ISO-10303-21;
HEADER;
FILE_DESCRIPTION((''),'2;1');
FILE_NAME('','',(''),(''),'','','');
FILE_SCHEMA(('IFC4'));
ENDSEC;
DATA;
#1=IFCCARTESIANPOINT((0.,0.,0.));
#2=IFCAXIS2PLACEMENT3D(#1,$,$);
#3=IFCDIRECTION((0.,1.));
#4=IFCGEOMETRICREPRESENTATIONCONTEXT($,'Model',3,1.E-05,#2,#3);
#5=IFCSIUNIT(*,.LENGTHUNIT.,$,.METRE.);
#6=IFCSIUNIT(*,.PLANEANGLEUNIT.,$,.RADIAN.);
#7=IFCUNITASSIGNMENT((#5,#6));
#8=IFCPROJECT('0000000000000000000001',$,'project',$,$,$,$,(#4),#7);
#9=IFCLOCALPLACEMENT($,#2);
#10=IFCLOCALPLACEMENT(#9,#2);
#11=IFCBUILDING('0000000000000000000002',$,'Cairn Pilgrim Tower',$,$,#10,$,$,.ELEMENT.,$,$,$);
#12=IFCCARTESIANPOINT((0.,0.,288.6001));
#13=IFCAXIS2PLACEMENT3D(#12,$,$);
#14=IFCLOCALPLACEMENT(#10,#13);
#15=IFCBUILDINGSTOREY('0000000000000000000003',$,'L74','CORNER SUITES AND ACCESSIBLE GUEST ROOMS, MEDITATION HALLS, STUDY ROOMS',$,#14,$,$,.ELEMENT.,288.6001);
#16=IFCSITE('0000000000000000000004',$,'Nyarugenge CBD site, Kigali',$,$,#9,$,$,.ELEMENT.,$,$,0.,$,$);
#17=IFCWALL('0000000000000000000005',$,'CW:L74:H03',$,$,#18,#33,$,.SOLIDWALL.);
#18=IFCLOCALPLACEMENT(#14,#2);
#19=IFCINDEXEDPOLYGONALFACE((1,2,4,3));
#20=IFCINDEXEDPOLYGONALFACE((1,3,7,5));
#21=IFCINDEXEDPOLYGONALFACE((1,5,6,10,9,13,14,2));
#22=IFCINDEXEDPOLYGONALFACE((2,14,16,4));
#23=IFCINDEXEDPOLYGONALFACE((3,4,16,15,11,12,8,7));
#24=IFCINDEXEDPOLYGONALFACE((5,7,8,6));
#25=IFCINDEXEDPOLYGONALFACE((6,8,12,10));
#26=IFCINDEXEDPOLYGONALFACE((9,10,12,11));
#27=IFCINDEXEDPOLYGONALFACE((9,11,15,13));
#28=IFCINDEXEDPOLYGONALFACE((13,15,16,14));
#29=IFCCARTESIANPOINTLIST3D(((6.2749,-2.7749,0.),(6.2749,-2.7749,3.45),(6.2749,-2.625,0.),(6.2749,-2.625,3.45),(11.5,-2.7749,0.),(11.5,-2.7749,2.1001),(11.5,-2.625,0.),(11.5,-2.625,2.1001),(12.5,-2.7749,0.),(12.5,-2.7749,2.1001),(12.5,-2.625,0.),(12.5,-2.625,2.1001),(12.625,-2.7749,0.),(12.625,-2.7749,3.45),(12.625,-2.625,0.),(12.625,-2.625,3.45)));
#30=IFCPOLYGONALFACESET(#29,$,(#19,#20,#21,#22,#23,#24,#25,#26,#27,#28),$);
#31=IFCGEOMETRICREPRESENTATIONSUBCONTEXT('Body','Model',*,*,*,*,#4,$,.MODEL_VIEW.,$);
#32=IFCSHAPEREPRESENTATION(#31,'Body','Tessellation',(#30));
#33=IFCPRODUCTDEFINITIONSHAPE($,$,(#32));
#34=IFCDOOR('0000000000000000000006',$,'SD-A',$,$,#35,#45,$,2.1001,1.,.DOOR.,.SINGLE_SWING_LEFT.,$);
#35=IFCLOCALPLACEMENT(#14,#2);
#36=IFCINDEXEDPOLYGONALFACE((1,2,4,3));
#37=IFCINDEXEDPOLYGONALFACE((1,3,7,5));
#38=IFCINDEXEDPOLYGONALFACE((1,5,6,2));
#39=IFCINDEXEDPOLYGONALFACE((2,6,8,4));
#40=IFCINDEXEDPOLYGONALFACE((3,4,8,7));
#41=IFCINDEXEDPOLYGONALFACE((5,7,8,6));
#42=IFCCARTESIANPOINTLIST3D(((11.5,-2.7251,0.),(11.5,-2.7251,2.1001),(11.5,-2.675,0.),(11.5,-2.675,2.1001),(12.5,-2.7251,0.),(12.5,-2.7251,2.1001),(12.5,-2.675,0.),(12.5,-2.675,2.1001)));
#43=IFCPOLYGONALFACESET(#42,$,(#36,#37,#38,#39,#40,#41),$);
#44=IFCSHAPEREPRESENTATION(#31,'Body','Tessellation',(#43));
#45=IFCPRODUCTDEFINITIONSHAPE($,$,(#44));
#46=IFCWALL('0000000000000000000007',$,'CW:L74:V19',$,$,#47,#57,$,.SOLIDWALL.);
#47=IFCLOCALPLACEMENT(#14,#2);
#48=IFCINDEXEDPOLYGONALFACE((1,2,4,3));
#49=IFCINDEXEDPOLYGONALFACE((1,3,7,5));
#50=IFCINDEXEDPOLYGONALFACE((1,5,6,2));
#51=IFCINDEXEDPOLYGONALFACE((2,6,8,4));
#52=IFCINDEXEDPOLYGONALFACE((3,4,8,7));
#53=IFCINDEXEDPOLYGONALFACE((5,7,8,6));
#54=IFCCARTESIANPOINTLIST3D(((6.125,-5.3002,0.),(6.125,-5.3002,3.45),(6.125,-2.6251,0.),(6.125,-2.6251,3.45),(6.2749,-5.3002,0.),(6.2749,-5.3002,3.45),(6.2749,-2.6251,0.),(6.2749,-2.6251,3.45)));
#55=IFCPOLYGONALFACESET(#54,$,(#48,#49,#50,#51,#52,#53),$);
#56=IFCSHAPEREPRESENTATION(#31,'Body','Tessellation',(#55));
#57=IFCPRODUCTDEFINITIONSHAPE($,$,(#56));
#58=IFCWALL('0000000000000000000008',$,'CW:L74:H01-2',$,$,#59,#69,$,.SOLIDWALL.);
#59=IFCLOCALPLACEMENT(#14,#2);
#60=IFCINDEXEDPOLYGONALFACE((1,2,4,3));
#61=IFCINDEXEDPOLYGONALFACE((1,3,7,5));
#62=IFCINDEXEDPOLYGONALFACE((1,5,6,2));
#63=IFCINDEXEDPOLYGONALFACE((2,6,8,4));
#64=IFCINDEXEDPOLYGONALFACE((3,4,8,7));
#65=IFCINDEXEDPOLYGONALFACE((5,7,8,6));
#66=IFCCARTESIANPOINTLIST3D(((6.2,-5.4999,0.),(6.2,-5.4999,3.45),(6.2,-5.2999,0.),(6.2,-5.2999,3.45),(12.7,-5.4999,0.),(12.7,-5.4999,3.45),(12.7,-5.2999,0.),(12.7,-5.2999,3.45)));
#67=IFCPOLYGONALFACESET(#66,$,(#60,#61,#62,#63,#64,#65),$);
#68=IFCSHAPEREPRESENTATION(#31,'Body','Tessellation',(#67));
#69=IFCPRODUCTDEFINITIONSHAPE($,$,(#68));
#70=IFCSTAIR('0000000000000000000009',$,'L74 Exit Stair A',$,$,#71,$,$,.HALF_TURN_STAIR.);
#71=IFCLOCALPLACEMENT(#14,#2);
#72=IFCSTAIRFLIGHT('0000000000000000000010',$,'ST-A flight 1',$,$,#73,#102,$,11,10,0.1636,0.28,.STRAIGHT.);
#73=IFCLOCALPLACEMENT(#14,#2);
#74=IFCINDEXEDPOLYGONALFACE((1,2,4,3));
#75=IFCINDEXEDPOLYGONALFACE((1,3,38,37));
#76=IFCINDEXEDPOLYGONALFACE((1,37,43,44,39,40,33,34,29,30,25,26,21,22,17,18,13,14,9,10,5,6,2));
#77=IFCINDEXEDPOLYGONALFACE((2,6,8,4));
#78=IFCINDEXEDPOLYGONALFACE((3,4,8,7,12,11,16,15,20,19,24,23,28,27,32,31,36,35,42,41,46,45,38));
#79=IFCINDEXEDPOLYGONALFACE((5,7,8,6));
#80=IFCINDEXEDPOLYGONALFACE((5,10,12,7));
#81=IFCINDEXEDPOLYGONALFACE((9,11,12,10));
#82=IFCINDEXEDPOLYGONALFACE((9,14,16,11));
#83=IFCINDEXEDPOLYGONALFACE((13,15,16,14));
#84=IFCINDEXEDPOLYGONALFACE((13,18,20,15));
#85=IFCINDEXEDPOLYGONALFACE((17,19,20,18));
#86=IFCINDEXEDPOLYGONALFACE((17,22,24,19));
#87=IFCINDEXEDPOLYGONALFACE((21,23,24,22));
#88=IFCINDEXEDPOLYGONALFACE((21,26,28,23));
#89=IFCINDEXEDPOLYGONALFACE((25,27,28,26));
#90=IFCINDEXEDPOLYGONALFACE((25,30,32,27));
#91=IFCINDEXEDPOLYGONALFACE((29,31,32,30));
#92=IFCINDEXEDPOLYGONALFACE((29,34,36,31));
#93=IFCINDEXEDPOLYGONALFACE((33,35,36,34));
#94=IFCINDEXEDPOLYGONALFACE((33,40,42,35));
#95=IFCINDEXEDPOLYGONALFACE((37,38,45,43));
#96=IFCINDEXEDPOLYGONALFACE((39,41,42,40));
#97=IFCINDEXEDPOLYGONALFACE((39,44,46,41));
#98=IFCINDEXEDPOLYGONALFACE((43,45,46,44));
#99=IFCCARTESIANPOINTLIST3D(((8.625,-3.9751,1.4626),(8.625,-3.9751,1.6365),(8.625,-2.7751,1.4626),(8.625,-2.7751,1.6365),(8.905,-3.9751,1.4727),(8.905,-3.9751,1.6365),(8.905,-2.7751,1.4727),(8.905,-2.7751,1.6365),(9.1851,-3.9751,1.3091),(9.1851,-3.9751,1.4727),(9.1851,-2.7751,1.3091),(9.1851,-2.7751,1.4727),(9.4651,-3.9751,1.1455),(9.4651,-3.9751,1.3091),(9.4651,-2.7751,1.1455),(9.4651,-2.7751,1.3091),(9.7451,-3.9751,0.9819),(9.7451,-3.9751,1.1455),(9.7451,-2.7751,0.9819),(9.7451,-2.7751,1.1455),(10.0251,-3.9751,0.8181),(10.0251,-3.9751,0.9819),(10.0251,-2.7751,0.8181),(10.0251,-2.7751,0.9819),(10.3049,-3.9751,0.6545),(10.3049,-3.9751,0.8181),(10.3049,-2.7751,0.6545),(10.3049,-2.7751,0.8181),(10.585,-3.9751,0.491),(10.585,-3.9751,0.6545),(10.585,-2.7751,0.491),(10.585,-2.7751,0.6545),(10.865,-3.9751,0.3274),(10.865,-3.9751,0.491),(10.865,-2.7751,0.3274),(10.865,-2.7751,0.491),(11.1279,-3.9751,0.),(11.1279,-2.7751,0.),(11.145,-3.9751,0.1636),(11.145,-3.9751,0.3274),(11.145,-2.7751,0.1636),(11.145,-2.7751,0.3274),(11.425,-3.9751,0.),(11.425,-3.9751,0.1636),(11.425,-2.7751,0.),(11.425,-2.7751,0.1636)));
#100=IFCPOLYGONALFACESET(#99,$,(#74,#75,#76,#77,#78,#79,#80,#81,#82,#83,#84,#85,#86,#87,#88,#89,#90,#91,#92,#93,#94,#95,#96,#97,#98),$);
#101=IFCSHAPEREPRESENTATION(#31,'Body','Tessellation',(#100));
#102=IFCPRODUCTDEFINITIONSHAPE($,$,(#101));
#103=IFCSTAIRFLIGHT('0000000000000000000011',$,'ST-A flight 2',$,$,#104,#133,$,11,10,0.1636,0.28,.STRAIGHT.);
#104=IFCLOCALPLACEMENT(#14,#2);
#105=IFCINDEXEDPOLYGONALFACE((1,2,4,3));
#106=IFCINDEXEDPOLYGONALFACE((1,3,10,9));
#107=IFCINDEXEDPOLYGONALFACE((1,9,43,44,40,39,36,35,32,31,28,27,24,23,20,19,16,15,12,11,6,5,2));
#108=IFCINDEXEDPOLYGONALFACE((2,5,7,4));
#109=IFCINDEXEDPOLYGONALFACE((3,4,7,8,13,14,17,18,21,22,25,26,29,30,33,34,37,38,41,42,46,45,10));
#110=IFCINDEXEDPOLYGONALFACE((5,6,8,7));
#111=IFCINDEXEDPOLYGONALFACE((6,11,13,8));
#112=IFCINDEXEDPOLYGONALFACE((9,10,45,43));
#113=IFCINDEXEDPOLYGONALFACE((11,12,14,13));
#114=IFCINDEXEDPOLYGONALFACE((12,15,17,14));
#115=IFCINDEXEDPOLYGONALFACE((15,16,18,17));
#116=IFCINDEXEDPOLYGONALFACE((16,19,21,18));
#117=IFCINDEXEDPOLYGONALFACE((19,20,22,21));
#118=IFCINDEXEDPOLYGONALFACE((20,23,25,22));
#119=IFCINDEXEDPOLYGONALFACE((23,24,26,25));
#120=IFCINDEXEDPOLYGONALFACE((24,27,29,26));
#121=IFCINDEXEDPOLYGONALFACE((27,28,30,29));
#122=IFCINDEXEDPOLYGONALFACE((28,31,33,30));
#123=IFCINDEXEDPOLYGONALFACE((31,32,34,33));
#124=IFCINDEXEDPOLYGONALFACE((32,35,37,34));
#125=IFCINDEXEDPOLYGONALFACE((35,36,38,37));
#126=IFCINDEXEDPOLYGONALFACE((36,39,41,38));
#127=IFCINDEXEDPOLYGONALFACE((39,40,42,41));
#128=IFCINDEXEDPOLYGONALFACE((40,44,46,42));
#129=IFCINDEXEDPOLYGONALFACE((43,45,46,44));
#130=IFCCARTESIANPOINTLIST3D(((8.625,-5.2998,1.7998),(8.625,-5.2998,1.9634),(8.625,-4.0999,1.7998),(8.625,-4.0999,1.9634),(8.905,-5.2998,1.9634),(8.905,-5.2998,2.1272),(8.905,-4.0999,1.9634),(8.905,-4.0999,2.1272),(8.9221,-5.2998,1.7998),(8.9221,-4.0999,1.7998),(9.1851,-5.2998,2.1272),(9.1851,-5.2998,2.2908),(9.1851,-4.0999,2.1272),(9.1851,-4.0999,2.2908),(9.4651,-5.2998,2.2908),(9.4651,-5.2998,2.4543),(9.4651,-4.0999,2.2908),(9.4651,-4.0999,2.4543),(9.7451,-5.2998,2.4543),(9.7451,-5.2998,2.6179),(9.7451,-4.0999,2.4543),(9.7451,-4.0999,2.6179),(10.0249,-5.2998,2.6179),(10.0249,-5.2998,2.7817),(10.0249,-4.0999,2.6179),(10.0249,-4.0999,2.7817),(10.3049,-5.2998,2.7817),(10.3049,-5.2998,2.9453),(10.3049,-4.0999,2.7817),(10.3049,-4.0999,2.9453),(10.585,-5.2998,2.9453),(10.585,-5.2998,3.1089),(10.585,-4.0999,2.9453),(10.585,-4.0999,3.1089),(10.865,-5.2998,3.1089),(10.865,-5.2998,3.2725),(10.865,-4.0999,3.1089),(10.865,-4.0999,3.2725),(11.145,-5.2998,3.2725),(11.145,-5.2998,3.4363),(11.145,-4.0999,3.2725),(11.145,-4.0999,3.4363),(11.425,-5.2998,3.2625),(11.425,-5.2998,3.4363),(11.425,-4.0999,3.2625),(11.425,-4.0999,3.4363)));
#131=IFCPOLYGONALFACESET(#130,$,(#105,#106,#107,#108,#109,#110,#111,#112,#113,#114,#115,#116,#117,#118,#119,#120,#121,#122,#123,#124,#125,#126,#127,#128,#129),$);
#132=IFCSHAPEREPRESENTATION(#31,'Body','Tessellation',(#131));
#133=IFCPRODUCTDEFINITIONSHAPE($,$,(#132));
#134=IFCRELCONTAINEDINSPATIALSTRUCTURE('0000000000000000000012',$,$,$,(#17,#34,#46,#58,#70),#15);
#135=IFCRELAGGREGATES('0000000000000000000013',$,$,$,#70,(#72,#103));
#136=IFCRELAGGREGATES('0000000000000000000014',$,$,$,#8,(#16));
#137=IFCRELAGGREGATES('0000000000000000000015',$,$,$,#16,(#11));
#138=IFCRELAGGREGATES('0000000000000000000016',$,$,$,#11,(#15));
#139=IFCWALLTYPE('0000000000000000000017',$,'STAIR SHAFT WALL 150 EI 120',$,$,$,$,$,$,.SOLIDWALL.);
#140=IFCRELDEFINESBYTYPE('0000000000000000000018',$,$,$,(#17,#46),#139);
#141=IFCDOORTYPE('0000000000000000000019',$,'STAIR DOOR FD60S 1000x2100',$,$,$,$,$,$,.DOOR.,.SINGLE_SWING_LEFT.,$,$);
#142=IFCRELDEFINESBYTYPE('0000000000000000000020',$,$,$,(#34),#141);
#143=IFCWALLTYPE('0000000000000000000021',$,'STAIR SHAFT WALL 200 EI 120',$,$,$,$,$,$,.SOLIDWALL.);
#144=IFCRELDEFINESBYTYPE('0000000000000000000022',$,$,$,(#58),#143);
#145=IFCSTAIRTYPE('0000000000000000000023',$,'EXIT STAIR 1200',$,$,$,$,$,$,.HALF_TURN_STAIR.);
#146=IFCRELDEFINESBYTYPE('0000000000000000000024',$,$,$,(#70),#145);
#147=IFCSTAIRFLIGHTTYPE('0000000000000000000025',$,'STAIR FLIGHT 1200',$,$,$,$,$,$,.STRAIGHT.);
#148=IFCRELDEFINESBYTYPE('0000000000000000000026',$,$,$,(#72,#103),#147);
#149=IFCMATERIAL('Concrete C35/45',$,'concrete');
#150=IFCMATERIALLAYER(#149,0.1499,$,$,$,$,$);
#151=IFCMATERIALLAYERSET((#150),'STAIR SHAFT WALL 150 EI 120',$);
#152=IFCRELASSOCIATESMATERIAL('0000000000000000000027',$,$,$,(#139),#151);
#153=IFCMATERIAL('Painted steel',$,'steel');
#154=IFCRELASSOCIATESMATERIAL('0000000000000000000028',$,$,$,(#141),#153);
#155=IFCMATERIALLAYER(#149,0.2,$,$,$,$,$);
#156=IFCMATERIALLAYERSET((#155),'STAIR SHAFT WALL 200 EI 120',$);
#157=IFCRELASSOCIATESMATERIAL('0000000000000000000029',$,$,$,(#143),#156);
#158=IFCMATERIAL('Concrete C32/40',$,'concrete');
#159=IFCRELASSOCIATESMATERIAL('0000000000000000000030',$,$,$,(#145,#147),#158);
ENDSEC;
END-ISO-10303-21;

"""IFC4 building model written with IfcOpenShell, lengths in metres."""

from ifc_helpers import new_model, si_unit, direction, frame, frame_2d, origin, place, context, subcontext, project, spatial, polyline, rectangle, outline, extrude, material, layer, layer_set, type_object, element, fill, aggregate, save


model = new_model("IFC4")

# Units and contexts
model_context = context("Model", 3, precision=1e-05, world=origin(), true_north=direction((0.0, 1.0)))
body_context = subcontext(model_context, "Body", "Model", "MODEL_VIEW")
ifc_project = project(units=[si_unit("LENGTHUNIT", "METRE"), si_unit("PLANEANGLEUNIT", "RADIAN")], contexts=[model_context])

# Site, building, storey
site_placement = place(None, origin())
site = spatial("IfcSite", under=ifc_project, at=site_placement, Name="Nyarugenge CBD site, Kigali", CompositionType="ELEMENT", RefElevation=0.0)
building_placement = place(site_placement, origin())
building = spatial("IfcBuilding", under=site, at=building_placement, Name="Cairn Pilgrim Tower", CompositionType="ELEMENT")
storey_placement = place(building_placement, frame((0.0, 0.0, 288.6001)))
storey = spatial("IfcBuildingStorey", under=building, at=storey_placement, Name="L74", Description="CORNER SUITES AND ACCESSIBLE GUEST ROOMS, MEDITATION HALLS, STUDY ROOMS", CompositionType="ELEMENT", Elevation=288.6001)

# Shared definitions
ifc_material_1 = material(Name="Concrete C35/45", Category="concrete")

# Shared definitions
ifc_material_2 = material(Name="Concrete C32/40", Category="concrete")
ifc_material_3 = material(Name="Painted steel", Category="steel")

# Wall, opening, door
ifc_layer_1 = layer(ifc_material_1, 0.1499)
ifc_layer_set_1 = layer_set([ifc_layer_1], Name="STAIR SHAFT WALL 150 EI 120")
wall_type_1 = type_object("IfcWallType", Name="STAIR SHAFT WALL 150 EI 120", PredefinedType="SOLIDWALL", material=ifc_layer_set_1)
wall_1_placement = place(storey_placement, frame((6.2749, -2.7, 0.0), z_axis=(0.0, 0.0, 1.0), x_axis=(1.0, 0.0, 0.0)))
wall_1 = element("IfcWall", 1, at=wall_1_placement, inside=storey, type_object=wall_type_1, Name="CW:L74:H03", PredefinedType="SOLIDWALL", context=body_context, shape_type="SweptSolid", body=[
    extrude(rectangle(XDim=6.3501, YDim=0.1499, at=frame_2d((3.175, 0.0))), origin(), (0.0, 0.0, 1.0), 3.45),
])
opening_1_placement = place(wall_1_placement, frame((5.2251, 0.0, 0.0)))
opening_1 = element("IfcOpeningElement", 2, at=opening_1_placement, cuts=wall_1, PredefinedType="OPENING", context=body_context, shape_type="SweptSolid", body=[
    extrude(rectangle(XDim=1.0, YDim=2.1001, at=frame_2d((0.5, 1.05))), frame((0.0, 0.085, 0.0), z_axis=(0.0, -1.0, 0.0), x_axis=(1.0, 0.0, 0.0)), (0.0, 0.0, 1.0), 0.1699),
])
door_type_1 = type_object("IfcDoorType", Name="STAIR DOOR FD60S 1000x2100", OperationType="SINGLE_SWING_LEFT", PredefinedType="DOOR", material=ifc_material_3)
door_1_placement = place(opening_1_placement, origin())
door_1 = element("IfcDoor", 3, at=door_1_placement, inside=storey, type_object=door_type_1, Name="SD-A", OperationType="SINGLE_SWING_LEFT", OverallHeight=2.1001, OverallWidth=1.0, PredefinedType="DOOR", context=body_context, shape_type="SweptSolid", body=[
    extrude(rectangle(XDim=1.0, YDim=2.1001, at=frame_2d((0.5, 1.05))), frame((0.0, 0.0249, 0.0), z_axis=(0.0, -1.0, 0.0), x_axis=(1.0, 0.0, 0.0)), (0.0, 0.0, 1.0), 0.05),
])
fill(opening_1, door_1)

# Walls
wall_2_placement = place(storey_placement, frame((6.2, -5.3, 0.0), z_axis=(0.0, 0.0, 1.0), x_axis=(0.0, 1.0, 0.0)))
element("IfcWall", 4, at=wall_2_placement, inside=storey, type_object=wall_type_1, Name="CW:L74:V19", PredefinedType="SOLIDWALL", context=body_context, shape_type="SweptSolid", body=[
    extrude(rectangle(XDim=2.675, YDim=0.1499, at=frame_2d((1.3374, 0.0))), origin(), (0.0, 0.0, 1.0), 3.45),
])
ifc_layer_2 = layer(ifc_material_1, 0.2)
ifc_layer_set_2 = layer_set([ifc_layer_2], Name="STAIR SHAFT WALL 200 EI 120")
wall_type_2 = type_object("IfcWallType", Name="STAIR SHAFT WALL 200 EI 120", PredefinedType="SOLIDWALL", material=ifc_layer_set_2)
wall_3_placement = place(storey_placement, frame((6.2, -5.3999, 0.0), z_axis=(0.0, 0.0, 1.0), x_axis=(1.0, 0.0, 0.0)))
element("IfcWall", 5, at=wall_3_placement, inside=storey, type_object=wall_type_2, Name="CW:L74:H01-2", PredefinedType="SOLIDWALL", context=body_context, shape_type="SweptSolid", body=[
    extrude(rectangle(XDim=6.5, YDim=0.2, at=frame_2d((3.25, 0.0))), origin(), (0.0, 0.0, 1.0), 3.45),
])

# Stair, stair flights
stair_type = type_object("IfcStairType", Name="EXIT STAIR 1200", PredefinedType="HALF_TURN_STAIR", material=ifc_material_2)
stair_placement = place(storey_placement, origin())
stair = element("IfcStair", 6, at=stair_placement, inside=storey, type_object=stair_type, Name="L74 Exit Stair A", PredefinedType="HALF_TURN_STAIR")
stair_flight_type = type_object("IfcStairFlightType", Name="STAIR FLIGHT 1200", PredefinedType="STRAIGHT", material=ifc_material_2)
stair_flight_1_placement = place(storey_placement, frame((11.425, -3.375, 0.0), z_axis=(0.0, 0.0, 1.0), x_axis=(-1.0, 0.0, 0.0)))
stair_flight_1 = element("IfcStairFlight", 7, at=stair_flight_1_placement, type_object=stair_flight_type, Name="ST-A flight 1", NumberOfRisers=11, NumberOfTreads=10, PredefinedType="STRAIGHT", RiserHeight=0.1636, TreadLength=0.28, context=body_context, shape_type="SweptSolid", body=[
    extrude(outline(polyline([(0.0, 0.0), (0.0, 0.1636), (0.28, 0.1636), (0.28, 0.3274), (0.5601, 0.3274), (0.5601, 0.491), (0.8401, 0.491), (0.8401, 0.6545), (1.1201, 0.6545), (1.1201, 0.8181), (1.3999, 0.8181), (1.3999, 0.9819), (1.6799, 0.9819), (1.6799, 1.1455), (1.96, 1.1455), (1.96, 1.3091), (2.24, 1.3091), (2.24, 1.4727), (2.52, 1.4727), (2.52, 1.6365), (2.8, 1.6365), (2.8, 1.8), (2.8, 1.4626), (0.2971, 0.0), (0.0, 0.0)])), frame((0.0, 0.6001, 0.0), z_axis=(0.0, -1.0, 0.0), x_axis=(1.0, 0.0, 0.0)), (0.0, 0.0, 1.0), 1.2),
])
stair_flight_2_placement = place(storey_placement, frame((8.625, -4.7, 1.7998), z_axis=(0.0, 0.0, 1.0), x_axis=(1.0, 0.0, 0.0)))
stair_flight_2 = element("IfcStairFlight", 8, at=stair_flight_2_placement, type_object=stair_flight_type, Name="ST-A flight 2", NumberOfRisers=11, NumberOfTreads=10, PredefinedType="STRAIGHT", RiserHeight=0.1636, TreadLength=0.28, context=body_context, shape_type="SweptSolid", body=[
    extrude(outline(polyline([(0.0, 0.0), (0.0, 0.1636), (0.28, 0.1636), (0.28, 0.3274), (0.5601, 0.3274), (0.5601, 0.491), (0.8401, 0.491), (0.8401, 0.6545), (1.1201, 0.6545), (1.1201, 0.8181), (1.3999, 0.8181), (1.3999, 0.9819), (1.6799, 0.9819), (1.6799, 1.1455), (1.96, 1.1455), (1.96, 1.3091), (2.24, 1.3091), (2.24, 1.4727), (2.52, 1.4727), (2.52, 1.6365), (2.8, 1.6365), (2.8, 1.8), (2.8, 1.4626), (0.2971, 0.0), (0.0, 0.0)])), frame((0.0, 0.6001, 0.0), z_axis=(0.0, -1.0, 0.0), x_axis=(1.0, 0.0, 0.0)), (0.0, 0.0, 1.0), 1.2),
])
aggregate(stair, [stair_flight_1, stair_flight_2])

save(model, "model.ifc")
